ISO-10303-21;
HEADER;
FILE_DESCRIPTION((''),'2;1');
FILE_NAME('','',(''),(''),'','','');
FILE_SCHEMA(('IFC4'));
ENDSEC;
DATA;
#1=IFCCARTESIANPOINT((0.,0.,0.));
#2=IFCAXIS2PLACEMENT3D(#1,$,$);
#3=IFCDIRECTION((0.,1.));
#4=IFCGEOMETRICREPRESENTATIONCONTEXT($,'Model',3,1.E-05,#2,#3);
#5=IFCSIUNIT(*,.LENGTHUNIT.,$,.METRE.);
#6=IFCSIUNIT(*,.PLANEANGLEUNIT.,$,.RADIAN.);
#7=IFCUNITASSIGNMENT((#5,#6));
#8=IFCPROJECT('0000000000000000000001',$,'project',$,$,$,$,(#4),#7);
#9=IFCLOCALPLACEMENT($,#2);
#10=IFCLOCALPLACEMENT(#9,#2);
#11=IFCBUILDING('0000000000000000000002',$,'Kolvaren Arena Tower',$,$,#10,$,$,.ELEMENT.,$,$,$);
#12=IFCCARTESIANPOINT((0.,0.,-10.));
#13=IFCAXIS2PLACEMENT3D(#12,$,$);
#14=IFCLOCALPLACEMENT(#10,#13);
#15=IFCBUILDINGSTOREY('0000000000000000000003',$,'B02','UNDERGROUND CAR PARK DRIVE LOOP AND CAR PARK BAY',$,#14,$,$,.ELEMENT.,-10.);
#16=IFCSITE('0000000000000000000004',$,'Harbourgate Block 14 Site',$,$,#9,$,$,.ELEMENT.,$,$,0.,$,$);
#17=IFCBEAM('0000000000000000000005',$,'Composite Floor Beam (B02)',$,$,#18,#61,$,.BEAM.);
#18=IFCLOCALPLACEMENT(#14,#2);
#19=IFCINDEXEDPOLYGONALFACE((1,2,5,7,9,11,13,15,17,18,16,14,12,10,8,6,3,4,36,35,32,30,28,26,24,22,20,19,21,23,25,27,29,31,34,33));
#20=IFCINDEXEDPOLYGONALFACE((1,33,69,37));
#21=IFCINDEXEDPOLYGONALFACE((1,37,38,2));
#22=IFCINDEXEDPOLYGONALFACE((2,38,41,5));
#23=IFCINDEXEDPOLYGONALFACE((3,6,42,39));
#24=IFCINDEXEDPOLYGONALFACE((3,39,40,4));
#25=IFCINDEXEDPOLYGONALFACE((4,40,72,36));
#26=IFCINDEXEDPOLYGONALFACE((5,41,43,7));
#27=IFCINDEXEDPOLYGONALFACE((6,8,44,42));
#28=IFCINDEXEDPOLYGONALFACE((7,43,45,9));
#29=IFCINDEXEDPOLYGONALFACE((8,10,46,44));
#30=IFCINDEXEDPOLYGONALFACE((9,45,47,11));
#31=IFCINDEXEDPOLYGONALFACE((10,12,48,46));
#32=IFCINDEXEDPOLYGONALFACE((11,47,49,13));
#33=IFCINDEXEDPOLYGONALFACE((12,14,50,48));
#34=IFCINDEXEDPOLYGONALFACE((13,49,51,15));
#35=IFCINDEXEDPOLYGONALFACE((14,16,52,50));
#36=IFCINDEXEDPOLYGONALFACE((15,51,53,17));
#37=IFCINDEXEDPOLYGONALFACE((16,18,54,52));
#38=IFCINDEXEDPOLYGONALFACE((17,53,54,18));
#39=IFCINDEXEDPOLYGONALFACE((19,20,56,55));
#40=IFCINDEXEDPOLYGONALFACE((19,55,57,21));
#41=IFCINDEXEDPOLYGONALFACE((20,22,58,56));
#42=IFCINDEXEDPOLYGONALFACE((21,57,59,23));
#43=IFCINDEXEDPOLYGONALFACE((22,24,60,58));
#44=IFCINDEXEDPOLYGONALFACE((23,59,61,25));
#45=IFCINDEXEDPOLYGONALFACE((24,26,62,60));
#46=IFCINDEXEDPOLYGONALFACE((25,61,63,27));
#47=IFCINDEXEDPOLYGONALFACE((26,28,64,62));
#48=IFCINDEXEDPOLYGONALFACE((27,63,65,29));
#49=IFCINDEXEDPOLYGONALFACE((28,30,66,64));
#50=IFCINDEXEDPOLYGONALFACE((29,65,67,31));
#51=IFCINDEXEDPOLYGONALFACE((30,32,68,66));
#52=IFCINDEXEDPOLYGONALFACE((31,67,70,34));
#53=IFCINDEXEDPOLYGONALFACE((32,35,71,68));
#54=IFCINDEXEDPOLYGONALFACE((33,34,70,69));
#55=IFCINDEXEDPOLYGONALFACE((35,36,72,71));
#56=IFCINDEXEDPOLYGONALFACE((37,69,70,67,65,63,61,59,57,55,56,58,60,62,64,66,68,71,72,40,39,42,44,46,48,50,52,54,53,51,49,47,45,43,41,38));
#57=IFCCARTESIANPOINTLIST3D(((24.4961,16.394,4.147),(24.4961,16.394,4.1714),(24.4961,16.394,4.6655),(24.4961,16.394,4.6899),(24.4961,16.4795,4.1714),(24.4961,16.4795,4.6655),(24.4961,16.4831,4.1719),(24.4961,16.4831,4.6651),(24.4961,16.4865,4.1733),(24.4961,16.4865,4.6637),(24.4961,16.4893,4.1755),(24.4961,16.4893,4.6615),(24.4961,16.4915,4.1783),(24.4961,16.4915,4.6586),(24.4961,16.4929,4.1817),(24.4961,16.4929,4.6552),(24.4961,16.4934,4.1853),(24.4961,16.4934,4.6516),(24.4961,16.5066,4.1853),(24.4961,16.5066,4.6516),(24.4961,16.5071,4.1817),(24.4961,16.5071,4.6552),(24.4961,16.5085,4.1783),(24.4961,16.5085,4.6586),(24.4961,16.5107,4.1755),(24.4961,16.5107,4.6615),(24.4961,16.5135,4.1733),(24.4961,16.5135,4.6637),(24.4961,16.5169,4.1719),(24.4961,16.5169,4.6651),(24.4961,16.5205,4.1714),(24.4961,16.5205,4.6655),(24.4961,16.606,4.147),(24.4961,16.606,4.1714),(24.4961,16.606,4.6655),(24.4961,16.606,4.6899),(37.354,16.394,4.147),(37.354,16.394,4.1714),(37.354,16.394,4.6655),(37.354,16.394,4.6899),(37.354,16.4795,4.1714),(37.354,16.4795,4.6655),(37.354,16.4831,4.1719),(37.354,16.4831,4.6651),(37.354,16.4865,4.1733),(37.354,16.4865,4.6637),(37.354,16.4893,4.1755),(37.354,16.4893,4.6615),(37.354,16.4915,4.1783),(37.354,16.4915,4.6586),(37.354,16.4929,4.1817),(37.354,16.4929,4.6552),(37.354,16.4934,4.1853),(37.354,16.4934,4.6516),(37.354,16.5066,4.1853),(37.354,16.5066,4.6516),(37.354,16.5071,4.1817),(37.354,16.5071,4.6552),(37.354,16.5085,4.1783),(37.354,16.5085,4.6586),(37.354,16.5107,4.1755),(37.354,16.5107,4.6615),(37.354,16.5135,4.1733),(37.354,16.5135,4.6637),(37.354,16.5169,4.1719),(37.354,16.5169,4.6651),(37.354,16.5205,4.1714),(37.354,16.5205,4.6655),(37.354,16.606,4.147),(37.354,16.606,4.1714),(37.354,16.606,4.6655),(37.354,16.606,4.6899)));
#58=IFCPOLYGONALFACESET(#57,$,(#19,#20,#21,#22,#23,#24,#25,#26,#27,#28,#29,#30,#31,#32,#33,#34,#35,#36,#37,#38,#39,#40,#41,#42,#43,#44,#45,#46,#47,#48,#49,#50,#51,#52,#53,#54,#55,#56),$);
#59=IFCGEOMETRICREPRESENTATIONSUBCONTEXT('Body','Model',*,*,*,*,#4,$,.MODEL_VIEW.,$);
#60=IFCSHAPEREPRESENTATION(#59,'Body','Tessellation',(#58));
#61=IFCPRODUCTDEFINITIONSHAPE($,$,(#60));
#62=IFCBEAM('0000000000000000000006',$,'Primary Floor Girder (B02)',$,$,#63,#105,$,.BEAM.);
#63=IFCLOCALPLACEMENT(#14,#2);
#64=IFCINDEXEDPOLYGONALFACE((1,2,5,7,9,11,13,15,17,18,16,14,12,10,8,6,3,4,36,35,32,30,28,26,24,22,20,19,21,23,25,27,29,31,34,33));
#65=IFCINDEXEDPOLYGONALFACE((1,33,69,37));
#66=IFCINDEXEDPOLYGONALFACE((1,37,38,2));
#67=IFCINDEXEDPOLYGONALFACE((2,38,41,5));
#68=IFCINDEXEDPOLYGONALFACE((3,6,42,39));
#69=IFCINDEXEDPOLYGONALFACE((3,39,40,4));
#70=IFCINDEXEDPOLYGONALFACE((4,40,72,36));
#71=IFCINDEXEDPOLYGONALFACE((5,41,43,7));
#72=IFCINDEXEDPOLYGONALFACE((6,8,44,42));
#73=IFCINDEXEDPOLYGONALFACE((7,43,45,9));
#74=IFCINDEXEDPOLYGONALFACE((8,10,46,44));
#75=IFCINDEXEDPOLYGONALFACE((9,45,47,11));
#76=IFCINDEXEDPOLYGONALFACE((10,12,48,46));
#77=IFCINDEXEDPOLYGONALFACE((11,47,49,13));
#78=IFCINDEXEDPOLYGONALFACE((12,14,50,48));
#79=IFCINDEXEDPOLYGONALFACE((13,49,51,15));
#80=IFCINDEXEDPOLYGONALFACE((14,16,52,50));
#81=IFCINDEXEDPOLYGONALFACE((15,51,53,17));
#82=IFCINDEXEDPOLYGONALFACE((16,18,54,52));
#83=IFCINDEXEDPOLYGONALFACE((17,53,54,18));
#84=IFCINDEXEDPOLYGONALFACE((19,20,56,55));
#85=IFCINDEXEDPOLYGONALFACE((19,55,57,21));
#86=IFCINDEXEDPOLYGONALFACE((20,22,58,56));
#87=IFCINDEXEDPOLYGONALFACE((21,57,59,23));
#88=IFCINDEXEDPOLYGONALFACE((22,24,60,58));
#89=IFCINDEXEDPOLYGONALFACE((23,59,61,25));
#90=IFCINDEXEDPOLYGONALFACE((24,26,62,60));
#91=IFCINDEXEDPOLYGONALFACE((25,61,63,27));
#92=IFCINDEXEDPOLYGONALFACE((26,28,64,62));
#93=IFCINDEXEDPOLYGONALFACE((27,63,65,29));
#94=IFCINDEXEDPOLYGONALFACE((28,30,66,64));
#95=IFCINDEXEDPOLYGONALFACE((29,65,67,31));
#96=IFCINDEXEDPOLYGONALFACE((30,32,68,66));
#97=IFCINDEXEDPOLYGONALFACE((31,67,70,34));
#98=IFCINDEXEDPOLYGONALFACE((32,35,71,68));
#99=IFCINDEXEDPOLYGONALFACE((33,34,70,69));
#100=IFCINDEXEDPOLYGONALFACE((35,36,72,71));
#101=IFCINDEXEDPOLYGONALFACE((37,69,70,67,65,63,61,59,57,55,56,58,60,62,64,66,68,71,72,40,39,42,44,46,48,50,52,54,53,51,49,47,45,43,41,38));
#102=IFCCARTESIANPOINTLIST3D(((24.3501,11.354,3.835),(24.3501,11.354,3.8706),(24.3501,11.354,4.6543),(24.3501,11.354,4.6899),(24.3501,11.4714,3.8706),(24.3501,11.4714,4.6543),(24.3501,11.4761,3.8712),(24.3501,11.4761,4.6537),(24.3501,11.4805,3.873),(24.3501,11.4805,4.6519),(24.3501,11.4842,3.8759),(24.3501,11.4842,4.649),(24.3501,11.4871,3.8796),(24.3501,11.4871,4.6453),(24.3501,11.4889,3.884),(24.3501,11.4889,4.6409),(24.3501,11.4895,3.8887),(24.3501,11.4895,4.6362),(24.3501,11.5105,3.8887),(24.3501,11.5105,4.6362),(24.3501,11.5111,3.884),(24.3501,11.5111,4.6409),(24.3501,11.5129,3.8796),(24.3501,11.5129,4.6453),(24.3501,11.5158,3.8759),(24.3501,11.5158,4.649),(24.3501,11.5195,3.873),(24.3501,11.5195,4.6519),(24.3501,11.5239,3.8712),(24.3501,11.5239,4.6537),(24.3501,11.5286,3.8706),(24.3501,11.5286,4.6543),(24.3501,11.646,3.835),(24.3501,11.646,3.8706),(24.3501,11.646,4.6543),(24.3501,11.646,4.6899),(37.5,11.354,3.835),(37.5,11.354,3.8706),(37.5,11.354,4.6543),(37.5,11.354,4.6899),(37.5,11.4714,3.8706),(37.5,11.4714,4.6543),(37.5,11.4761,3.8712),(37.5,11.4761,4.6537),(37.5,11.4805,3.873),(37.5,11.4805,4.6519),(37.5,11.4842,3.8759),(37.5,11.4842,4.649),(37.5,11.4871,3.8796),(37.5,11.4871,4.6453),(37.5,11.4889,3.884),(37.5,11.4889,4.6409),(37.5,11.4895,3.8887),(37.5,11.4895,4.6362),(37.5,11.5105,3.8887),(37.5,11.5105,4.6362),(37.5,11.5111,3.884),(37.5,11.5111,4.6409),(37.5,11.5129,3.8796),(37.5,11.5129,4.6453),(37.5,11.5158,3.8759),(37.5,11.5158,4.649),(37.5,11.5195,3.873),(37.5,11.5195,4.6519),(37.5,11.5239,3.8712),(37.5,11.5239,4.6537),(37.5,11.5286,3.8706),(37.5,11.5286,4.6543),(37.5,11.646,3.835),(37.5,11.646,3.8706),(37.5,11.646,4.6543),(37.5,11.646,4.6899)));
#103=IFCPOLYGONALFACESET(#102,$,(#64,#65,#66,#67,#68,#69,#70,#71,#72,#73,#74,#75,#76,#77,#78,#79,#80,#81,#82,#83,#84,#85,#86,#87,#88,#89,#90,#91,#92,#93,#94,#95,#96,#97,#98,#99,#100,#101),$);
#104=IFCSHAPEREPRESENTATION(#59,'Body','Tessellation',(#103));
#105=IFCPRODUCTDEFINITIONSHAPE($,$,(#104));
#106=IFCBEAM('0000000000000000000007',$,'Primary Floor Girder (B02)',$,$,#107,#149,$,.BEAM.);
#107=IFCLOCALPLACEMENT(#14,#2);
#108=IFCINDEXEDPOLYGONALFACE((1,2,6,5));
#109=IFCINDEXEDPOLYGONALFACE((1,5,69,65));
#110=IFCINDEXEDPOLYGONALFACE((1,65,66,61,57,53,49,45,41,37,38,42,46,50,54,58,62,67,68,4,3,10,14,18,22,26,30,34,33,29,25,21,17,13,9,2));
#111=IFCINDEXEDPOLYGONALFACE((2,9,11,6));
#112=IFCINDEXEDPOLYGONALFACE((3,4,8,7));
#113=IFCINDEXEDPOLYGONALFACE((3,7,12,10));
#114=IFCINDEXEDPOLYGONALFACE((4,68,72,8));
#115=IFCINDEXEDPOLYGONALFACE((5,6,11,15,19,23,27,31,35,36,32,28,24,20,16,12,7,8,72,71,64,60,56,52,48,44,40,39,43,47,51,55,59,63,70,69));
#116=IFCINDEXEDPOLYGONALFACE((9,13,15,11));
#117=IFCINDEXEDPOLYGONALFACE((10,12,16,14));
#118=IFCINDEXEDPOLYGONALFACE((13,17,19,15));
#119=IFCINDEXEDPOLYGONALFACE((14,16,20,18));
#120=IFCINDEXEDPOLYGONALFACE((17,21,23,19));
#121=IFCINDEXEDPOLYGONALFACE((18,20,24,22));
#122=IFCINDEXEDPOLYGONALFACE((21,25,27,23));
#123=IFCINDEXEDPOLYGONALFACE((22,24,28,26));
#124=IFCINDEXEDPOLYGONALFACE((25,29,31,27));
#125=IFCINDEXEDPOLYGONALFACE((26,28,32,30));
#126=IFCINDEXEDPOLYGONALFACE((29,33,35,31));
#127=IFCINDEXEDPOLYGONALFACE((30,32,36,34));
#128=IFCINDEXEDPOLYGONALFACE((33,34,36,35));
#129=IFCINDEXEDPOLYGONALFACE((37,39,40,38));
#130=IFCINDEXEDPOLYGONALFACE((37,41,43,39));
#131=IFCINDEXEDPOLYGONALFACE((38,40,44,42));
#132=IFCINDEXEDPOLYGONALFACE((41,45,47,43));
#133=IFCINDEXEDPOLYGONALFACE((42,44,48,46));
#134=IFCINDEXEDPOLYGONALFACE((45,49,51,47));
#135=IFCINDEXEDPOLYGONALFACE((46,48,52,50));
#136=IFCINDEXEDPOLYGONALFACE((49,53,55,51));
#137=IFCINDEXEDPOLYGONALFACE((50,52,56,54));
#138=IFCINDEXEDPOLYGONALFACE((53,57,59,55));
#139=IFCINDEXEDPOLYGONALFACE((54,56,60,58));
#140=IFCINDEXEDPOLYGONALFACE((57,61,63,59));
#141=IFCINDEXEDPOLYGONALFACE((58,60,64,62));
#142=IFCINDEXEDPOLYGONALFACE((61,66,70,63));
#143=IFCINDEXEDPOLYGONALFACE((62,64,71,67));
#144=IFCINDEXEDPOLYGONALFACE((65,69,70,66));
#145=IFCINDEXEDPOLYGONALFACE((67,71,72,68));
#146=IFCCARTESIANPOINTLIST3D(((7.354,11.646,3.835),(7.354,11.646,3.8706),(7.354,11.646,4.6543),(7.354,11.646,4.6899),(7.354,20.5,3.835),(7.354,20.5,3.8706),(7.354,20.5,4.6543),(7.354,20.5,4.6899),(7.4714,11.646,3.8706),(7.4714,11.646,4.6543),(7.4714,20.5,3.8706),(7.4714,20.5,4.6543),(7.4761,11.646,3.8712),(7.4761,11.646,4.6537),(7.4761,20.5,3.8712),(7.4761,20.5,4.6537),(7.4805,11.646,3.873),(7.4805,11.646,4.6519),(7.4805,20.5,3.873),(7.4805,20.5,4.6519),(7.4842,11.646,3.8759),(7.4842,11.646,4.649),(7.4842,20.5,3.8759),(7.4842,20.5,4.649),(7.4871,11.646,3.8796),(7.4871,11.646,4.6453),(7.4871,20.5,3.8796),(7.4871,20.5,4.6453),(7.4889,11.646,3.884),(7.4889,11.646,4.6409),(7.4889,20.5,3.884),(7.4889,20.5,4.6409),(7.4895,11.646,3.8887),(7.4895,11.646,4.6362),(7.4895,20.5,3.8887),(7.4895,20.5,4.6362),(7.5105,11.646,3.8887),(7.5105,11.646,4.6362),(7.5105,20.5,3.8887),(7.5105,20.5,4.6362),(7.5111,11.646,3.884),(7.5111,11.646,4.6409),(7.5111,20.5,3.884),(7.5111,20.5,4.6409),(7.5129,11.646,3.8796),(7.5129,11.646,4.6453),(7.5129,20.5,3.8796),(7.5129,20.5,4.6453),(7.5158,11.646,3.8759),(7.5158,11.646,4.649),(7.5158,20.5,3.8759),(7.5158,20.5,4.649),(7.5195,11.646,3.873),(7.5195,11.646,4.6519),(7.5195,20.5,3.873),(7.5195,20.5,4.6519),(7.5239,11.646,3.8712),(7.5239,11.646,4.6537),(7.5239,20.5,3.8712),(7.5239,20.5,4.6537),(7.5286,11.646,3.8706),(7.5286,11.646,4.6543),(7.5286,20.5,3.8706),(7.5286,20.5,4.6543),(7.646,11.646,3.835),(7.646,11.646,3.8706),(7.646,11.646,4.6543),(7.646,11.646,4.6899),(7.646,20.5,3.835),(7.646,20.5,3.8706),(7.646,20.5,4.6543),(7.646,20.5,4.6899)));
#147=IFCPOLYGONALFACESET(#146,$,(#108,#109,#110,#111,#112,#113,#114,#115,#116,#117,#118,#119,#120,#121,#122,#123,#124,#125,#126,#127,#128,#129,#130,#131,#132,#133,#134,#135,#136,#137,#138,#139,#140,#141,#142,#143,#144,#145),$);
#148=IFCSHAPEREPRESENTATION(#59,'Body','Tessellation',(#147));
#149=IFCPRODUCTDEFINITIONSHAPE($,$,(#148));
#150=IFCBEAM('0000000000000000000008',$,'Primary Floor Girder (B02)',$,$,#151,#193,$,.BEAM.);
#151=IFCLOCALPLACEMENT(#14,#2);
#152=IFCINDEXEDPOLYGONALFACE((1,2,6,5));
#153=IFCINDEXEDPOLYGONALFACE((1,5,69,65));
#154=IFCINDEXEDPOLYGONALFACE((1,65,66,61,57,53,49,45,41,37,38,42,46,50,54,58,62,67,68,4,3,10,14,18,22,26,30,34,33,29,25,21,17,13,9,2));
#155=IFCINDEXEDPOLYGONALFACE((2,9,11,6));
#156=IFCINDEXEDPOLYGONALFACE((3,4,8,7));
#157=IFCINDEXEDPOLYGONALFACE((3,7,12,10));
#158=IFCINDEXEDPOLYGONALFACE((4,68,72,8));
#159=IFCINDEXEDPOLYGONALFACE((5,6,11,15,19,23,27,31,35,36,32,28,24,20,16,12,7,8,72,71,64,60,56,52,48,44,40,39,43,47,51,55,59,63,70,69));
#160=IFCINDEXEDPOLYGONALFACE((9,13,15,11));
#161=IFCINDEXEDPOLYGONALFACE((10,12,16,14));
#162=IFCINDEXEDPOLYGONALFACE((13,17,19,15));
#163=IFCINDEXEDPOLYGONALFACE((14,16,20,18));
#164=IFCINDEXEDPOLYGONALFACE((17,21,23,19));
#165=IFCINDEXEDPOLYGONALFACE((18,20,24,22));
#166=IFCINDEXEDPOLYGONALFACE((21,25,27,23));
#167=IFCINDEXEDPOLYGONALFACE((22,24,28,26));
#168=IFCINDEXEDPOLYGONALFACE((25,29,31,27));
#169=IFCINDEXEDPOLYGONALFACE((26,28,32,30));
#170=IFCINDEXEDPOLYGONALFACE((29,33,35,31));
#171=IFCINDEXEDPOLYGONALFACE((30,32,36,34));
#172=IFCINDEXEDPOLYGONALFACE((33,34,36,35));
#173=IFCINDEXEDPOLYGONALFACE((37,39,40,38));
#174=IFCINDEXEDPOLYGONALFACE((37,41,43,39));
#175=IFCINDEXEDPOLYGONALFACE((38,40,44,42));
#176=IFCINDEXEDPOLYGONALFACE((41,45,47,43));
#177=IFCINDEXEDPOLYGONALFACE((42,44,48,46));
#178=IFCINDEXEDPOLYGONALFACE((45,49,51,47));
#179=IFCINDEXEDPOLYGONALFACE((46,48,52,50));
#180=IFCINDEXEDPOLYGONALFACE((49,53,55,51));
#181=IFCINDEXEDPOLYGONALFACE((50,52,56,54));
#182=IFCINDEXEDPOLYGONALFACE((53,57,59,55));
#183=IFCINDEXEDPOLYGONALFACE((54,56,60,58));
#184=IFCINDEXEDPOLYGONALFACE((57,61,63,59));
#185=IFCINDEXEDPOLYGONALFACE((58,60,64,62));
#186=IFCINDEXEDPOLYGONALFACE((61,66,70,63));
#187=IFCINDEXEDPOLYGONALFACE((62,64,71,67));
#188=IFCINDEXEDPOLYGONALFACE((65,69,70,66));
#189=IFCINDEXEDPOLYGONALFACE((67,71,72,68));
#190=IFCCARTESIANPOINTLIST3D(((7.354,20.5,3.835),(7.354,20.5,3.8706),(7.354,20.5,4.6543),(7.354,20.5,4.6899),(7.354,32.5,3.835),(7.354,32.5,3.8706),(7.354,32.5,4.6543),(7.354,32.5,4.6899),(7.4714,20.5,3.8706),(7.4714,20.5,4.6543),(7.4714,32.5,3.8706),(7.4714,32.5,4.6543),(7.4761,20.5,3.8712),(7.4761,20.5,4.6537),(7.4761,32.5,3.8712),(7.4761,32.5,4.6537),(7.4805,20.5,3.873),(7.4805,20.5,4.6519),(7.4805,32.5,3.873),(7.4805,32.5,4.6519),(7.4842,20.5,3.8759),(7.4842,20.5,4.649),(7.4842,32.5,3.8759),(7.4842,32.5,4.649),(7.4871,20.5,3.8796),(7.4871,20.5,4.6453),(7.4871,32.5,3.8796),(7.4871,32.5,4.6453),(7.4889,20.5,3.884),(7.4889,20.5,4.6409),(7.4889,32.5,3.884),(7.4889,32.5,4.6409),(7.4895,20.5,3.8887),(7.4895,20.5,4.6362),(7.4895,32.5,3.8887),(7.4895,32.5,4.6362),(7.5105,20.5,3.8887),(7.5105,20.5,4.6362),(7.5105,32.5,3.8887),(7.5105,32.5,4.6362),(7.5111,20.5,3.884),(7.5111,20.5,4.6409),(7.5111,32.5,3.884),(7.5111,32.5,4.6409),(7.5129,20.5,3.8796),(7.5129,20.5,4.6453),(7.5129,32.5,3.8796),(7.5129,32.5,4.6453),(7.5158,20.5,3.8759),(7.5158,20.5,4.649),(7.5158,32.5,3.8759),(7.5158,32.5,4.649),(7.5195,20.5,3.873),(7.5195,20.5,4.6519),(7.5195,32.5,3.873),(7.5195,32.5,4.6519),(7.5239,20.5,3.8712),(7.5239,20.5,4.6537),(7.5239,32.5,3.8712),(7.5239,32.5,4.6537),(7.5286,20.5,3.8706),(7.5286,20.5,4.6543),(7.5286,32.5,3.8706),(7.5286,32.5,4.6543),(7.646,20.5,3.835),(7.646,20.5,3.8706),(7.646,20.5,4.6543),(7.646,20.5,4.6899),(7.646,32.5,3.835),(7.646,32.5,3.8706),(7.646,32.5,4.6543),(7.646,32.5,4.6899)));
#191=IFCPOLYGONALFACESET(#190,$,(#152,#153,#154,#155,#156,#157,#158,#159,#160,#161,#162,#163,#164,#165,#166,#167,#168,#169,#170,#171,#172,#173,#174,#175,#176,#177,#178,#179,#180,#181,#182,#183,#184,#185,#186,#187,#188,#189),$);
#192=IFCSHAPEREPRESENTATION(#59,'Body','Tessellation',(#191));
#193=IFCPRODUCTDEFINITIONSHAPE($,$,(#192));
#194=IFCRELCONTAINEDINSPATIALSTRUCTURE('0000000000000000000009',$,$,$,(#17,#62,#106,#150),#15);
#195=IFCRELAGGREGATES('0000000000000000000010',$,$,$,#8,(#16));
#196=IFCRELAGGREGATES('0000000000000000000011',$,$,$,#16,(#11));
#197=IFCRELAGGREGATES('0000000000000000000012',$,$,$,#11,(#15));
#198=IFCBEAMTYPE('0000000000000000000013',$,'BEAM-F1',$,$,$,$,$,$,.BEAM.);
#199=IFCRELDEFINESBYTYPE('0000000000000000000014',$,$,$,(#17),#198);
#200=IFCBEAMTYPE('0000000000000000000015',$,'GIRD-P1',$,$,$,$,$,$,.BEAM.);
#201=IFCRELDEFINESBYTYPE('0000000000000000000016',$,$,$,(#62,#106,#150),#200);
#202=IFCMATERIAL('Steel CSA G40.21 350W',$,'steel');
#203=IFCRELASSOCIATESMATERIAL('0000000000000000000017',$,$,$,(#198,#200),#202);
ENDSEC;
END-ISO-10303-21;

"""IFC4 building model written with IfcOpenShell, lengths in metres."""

from ifc_helpers import new_model, si_unit, direction, frame, origin, origin_2d, place, context, subcontext, project, spatial, i_section, extrude, material, material_profile, profile_set, type_object, element, save


model = new_model("IFC4")

# Units and contexts
model_context = context("Model", 3, precision=1e-05, world=origin(), true_north=direction((0.0, 1.0)))
body_context = subcontext(model_context, "Body", "Model", "MODEL_VIEW")
ifc_project = project(units=[si_unit("LENGTHUNIT", "METRE"), si_unit("PLANEANGLEUNIT", "RADIAN")], contexts=[model_context])

# Site, building, storey
site_placement = place(None, origin())
site = spatial("IfcSite", under=ifc_project, at=site_placement, Name="Harbourgate Block 14 Site", CompositionType="ELEMENT", RefElevation=0.0)
building_placement = place(site_placement, origin())
building = spatial("IfcBuilding", under=site, at=building_placement, Name="Kolvaren Arena Tower", CompositionType="ELEMENT")
storey_placement = place(building_placement, frame((0.0, 0.0, -10.0)))
storey = spatial("IfcBuildingStorey", under=building, at=storey_placement, Name="B02", Description="UNDERGROUND CAR PARK DRIVE LOOP AND CAR PARK BAY", CompositionType="ELEMENT", Elevation=-10.0)

# Beams
ifc_material_1 = material(Name="Steel CSA G40.21 350W", Category="steel")
ifc_material_profile_1 = material_profile(ifc_material_1, i_section(OverallWidth=0.2119, OverallDepth=0.543, WebThickness=0.0132, FlangeThickness=0.0244, FilletRadius=0.0139, at=origin_2d()), Name="W530x150")
ifc_profile_set_1 = profile_set([ifc_material_profile_1], Name="Steel CSA G40.21 350W")
beam_type_1 = type_object("IfcBeamType", Name="BEAM-F1", PredefinedType="BEAM", material=ifc_profile_set_1)
for number, where, z_axis, x_axis, name in (
    (1, (24.4961, 16.5, 4.4185), (1.0, 0.0, 0.0), (0.0, 1.0, 0.0), "Composite Floor Beam (B02)"),
):
    element("IfcBeam", number, at=place(storey_placement, frame(where, z_axis=z_axis, x_axis=x_axis)), inside=storey, type_object=beam_type_1, Name=name, PredefinedType="BEAM", context=body_context, shape_type="SweptSolid", body=[
        extrude(i_section(OverallWidth=0.2119, OverallDepth=0.543, WebThickness=0.0132, FlangeThickness=0.0244, FilletRadius=0.0139, at=origin_2d()), origin(), (0.0, 0.0, 1.0), 12.8579),
    ])
ifc_material_profile_2 = material_profile(ifc_material_1, i_section(OverallWidth=0.292, OverallDepth=0.855, WebThickness=0.021, FlangeThickness=0.0356, FilletRadius=0.0181, at=origin_2d()), Name="W840x299")
ifc_profile_set_2 = profile_set([ifc_material_profile_2], Name="Steel CSA G40.21 350W")
beam_type_2 = type_object("IfcBeamType", Name="GIRD-P1", PredefinedType="BEAM", material=ifc_profile_set_2)
beam_1_placement = place(storey_placement, frame((24.3501, 11.5, 4.2625), z_axis=(1.0, 0.0, 0.0), x_axis=(0.0, 1.0, 0.0)))
element("IfcBeam", 2, at=beam_1_placement, inside=storey, type_object=beam_type_2, Name="Primary Floor Girder (B02)", PredefinedType="BEAM", context=body_context, shape_type="SweptSolid", body=[
    extrude(i_section(OverallWidth=0.292, OverallDepth=0.855, WebThickness=0.021, FlangeThickness=0.0356, FilletRadius=0.0181, at=origin_2d()), origin(), (0.0, 0.0, 1.0), 13.1499),
])
beam_2_placement = place(storey_placement, frame((7.5, 11.646, 4.2625), z_axis=(0.0, 1.0, 0.0), x_axis=(-1.0, 0.0, 0.0)))
element("IfcBeam", 3, at=beam_2_placement, inside=storey, type_object=beam_type_2, Name="Primary Floor Girder (B02)", PredefinedType="BEAM", context=body_context, shape_type="SweptSolid", body=[
    extrude(i_section(OverallWidth=0.292, OverallDepth=0.855, WebThickness=0.021, FlangeThickness=0.0356, FilletRadius=0.0181, at=origin_2d()), origin(), (0.0, 0.0, 1.0), 8.854),
])
beam_3_placement = place(storey_placement, frame((7.5, 20.5, 4.2625), z_axis=(0.0, 1.0, 0.0), x_axis=(-1.0, 0.0, 0.0)))
element("IfcBeam", 4, at=beam_3_placement, inside=storey, type_object=beam_type_2, Name="Primary Floor Girder (B02)", PredefinedType="BEAM", context=body_context, shape_type="SweptSolid", body=[
    extrude(i_section(OverallWidth=0.292, OverallDepth=0.855, WebThickness=0.021, FlangeThickness=0.0356, FilletRadius=0.0181, at=origin_2d()), origin(), (0.0, 0.0, 1.0), 12.0),
])

save(model, "model.ifc")
